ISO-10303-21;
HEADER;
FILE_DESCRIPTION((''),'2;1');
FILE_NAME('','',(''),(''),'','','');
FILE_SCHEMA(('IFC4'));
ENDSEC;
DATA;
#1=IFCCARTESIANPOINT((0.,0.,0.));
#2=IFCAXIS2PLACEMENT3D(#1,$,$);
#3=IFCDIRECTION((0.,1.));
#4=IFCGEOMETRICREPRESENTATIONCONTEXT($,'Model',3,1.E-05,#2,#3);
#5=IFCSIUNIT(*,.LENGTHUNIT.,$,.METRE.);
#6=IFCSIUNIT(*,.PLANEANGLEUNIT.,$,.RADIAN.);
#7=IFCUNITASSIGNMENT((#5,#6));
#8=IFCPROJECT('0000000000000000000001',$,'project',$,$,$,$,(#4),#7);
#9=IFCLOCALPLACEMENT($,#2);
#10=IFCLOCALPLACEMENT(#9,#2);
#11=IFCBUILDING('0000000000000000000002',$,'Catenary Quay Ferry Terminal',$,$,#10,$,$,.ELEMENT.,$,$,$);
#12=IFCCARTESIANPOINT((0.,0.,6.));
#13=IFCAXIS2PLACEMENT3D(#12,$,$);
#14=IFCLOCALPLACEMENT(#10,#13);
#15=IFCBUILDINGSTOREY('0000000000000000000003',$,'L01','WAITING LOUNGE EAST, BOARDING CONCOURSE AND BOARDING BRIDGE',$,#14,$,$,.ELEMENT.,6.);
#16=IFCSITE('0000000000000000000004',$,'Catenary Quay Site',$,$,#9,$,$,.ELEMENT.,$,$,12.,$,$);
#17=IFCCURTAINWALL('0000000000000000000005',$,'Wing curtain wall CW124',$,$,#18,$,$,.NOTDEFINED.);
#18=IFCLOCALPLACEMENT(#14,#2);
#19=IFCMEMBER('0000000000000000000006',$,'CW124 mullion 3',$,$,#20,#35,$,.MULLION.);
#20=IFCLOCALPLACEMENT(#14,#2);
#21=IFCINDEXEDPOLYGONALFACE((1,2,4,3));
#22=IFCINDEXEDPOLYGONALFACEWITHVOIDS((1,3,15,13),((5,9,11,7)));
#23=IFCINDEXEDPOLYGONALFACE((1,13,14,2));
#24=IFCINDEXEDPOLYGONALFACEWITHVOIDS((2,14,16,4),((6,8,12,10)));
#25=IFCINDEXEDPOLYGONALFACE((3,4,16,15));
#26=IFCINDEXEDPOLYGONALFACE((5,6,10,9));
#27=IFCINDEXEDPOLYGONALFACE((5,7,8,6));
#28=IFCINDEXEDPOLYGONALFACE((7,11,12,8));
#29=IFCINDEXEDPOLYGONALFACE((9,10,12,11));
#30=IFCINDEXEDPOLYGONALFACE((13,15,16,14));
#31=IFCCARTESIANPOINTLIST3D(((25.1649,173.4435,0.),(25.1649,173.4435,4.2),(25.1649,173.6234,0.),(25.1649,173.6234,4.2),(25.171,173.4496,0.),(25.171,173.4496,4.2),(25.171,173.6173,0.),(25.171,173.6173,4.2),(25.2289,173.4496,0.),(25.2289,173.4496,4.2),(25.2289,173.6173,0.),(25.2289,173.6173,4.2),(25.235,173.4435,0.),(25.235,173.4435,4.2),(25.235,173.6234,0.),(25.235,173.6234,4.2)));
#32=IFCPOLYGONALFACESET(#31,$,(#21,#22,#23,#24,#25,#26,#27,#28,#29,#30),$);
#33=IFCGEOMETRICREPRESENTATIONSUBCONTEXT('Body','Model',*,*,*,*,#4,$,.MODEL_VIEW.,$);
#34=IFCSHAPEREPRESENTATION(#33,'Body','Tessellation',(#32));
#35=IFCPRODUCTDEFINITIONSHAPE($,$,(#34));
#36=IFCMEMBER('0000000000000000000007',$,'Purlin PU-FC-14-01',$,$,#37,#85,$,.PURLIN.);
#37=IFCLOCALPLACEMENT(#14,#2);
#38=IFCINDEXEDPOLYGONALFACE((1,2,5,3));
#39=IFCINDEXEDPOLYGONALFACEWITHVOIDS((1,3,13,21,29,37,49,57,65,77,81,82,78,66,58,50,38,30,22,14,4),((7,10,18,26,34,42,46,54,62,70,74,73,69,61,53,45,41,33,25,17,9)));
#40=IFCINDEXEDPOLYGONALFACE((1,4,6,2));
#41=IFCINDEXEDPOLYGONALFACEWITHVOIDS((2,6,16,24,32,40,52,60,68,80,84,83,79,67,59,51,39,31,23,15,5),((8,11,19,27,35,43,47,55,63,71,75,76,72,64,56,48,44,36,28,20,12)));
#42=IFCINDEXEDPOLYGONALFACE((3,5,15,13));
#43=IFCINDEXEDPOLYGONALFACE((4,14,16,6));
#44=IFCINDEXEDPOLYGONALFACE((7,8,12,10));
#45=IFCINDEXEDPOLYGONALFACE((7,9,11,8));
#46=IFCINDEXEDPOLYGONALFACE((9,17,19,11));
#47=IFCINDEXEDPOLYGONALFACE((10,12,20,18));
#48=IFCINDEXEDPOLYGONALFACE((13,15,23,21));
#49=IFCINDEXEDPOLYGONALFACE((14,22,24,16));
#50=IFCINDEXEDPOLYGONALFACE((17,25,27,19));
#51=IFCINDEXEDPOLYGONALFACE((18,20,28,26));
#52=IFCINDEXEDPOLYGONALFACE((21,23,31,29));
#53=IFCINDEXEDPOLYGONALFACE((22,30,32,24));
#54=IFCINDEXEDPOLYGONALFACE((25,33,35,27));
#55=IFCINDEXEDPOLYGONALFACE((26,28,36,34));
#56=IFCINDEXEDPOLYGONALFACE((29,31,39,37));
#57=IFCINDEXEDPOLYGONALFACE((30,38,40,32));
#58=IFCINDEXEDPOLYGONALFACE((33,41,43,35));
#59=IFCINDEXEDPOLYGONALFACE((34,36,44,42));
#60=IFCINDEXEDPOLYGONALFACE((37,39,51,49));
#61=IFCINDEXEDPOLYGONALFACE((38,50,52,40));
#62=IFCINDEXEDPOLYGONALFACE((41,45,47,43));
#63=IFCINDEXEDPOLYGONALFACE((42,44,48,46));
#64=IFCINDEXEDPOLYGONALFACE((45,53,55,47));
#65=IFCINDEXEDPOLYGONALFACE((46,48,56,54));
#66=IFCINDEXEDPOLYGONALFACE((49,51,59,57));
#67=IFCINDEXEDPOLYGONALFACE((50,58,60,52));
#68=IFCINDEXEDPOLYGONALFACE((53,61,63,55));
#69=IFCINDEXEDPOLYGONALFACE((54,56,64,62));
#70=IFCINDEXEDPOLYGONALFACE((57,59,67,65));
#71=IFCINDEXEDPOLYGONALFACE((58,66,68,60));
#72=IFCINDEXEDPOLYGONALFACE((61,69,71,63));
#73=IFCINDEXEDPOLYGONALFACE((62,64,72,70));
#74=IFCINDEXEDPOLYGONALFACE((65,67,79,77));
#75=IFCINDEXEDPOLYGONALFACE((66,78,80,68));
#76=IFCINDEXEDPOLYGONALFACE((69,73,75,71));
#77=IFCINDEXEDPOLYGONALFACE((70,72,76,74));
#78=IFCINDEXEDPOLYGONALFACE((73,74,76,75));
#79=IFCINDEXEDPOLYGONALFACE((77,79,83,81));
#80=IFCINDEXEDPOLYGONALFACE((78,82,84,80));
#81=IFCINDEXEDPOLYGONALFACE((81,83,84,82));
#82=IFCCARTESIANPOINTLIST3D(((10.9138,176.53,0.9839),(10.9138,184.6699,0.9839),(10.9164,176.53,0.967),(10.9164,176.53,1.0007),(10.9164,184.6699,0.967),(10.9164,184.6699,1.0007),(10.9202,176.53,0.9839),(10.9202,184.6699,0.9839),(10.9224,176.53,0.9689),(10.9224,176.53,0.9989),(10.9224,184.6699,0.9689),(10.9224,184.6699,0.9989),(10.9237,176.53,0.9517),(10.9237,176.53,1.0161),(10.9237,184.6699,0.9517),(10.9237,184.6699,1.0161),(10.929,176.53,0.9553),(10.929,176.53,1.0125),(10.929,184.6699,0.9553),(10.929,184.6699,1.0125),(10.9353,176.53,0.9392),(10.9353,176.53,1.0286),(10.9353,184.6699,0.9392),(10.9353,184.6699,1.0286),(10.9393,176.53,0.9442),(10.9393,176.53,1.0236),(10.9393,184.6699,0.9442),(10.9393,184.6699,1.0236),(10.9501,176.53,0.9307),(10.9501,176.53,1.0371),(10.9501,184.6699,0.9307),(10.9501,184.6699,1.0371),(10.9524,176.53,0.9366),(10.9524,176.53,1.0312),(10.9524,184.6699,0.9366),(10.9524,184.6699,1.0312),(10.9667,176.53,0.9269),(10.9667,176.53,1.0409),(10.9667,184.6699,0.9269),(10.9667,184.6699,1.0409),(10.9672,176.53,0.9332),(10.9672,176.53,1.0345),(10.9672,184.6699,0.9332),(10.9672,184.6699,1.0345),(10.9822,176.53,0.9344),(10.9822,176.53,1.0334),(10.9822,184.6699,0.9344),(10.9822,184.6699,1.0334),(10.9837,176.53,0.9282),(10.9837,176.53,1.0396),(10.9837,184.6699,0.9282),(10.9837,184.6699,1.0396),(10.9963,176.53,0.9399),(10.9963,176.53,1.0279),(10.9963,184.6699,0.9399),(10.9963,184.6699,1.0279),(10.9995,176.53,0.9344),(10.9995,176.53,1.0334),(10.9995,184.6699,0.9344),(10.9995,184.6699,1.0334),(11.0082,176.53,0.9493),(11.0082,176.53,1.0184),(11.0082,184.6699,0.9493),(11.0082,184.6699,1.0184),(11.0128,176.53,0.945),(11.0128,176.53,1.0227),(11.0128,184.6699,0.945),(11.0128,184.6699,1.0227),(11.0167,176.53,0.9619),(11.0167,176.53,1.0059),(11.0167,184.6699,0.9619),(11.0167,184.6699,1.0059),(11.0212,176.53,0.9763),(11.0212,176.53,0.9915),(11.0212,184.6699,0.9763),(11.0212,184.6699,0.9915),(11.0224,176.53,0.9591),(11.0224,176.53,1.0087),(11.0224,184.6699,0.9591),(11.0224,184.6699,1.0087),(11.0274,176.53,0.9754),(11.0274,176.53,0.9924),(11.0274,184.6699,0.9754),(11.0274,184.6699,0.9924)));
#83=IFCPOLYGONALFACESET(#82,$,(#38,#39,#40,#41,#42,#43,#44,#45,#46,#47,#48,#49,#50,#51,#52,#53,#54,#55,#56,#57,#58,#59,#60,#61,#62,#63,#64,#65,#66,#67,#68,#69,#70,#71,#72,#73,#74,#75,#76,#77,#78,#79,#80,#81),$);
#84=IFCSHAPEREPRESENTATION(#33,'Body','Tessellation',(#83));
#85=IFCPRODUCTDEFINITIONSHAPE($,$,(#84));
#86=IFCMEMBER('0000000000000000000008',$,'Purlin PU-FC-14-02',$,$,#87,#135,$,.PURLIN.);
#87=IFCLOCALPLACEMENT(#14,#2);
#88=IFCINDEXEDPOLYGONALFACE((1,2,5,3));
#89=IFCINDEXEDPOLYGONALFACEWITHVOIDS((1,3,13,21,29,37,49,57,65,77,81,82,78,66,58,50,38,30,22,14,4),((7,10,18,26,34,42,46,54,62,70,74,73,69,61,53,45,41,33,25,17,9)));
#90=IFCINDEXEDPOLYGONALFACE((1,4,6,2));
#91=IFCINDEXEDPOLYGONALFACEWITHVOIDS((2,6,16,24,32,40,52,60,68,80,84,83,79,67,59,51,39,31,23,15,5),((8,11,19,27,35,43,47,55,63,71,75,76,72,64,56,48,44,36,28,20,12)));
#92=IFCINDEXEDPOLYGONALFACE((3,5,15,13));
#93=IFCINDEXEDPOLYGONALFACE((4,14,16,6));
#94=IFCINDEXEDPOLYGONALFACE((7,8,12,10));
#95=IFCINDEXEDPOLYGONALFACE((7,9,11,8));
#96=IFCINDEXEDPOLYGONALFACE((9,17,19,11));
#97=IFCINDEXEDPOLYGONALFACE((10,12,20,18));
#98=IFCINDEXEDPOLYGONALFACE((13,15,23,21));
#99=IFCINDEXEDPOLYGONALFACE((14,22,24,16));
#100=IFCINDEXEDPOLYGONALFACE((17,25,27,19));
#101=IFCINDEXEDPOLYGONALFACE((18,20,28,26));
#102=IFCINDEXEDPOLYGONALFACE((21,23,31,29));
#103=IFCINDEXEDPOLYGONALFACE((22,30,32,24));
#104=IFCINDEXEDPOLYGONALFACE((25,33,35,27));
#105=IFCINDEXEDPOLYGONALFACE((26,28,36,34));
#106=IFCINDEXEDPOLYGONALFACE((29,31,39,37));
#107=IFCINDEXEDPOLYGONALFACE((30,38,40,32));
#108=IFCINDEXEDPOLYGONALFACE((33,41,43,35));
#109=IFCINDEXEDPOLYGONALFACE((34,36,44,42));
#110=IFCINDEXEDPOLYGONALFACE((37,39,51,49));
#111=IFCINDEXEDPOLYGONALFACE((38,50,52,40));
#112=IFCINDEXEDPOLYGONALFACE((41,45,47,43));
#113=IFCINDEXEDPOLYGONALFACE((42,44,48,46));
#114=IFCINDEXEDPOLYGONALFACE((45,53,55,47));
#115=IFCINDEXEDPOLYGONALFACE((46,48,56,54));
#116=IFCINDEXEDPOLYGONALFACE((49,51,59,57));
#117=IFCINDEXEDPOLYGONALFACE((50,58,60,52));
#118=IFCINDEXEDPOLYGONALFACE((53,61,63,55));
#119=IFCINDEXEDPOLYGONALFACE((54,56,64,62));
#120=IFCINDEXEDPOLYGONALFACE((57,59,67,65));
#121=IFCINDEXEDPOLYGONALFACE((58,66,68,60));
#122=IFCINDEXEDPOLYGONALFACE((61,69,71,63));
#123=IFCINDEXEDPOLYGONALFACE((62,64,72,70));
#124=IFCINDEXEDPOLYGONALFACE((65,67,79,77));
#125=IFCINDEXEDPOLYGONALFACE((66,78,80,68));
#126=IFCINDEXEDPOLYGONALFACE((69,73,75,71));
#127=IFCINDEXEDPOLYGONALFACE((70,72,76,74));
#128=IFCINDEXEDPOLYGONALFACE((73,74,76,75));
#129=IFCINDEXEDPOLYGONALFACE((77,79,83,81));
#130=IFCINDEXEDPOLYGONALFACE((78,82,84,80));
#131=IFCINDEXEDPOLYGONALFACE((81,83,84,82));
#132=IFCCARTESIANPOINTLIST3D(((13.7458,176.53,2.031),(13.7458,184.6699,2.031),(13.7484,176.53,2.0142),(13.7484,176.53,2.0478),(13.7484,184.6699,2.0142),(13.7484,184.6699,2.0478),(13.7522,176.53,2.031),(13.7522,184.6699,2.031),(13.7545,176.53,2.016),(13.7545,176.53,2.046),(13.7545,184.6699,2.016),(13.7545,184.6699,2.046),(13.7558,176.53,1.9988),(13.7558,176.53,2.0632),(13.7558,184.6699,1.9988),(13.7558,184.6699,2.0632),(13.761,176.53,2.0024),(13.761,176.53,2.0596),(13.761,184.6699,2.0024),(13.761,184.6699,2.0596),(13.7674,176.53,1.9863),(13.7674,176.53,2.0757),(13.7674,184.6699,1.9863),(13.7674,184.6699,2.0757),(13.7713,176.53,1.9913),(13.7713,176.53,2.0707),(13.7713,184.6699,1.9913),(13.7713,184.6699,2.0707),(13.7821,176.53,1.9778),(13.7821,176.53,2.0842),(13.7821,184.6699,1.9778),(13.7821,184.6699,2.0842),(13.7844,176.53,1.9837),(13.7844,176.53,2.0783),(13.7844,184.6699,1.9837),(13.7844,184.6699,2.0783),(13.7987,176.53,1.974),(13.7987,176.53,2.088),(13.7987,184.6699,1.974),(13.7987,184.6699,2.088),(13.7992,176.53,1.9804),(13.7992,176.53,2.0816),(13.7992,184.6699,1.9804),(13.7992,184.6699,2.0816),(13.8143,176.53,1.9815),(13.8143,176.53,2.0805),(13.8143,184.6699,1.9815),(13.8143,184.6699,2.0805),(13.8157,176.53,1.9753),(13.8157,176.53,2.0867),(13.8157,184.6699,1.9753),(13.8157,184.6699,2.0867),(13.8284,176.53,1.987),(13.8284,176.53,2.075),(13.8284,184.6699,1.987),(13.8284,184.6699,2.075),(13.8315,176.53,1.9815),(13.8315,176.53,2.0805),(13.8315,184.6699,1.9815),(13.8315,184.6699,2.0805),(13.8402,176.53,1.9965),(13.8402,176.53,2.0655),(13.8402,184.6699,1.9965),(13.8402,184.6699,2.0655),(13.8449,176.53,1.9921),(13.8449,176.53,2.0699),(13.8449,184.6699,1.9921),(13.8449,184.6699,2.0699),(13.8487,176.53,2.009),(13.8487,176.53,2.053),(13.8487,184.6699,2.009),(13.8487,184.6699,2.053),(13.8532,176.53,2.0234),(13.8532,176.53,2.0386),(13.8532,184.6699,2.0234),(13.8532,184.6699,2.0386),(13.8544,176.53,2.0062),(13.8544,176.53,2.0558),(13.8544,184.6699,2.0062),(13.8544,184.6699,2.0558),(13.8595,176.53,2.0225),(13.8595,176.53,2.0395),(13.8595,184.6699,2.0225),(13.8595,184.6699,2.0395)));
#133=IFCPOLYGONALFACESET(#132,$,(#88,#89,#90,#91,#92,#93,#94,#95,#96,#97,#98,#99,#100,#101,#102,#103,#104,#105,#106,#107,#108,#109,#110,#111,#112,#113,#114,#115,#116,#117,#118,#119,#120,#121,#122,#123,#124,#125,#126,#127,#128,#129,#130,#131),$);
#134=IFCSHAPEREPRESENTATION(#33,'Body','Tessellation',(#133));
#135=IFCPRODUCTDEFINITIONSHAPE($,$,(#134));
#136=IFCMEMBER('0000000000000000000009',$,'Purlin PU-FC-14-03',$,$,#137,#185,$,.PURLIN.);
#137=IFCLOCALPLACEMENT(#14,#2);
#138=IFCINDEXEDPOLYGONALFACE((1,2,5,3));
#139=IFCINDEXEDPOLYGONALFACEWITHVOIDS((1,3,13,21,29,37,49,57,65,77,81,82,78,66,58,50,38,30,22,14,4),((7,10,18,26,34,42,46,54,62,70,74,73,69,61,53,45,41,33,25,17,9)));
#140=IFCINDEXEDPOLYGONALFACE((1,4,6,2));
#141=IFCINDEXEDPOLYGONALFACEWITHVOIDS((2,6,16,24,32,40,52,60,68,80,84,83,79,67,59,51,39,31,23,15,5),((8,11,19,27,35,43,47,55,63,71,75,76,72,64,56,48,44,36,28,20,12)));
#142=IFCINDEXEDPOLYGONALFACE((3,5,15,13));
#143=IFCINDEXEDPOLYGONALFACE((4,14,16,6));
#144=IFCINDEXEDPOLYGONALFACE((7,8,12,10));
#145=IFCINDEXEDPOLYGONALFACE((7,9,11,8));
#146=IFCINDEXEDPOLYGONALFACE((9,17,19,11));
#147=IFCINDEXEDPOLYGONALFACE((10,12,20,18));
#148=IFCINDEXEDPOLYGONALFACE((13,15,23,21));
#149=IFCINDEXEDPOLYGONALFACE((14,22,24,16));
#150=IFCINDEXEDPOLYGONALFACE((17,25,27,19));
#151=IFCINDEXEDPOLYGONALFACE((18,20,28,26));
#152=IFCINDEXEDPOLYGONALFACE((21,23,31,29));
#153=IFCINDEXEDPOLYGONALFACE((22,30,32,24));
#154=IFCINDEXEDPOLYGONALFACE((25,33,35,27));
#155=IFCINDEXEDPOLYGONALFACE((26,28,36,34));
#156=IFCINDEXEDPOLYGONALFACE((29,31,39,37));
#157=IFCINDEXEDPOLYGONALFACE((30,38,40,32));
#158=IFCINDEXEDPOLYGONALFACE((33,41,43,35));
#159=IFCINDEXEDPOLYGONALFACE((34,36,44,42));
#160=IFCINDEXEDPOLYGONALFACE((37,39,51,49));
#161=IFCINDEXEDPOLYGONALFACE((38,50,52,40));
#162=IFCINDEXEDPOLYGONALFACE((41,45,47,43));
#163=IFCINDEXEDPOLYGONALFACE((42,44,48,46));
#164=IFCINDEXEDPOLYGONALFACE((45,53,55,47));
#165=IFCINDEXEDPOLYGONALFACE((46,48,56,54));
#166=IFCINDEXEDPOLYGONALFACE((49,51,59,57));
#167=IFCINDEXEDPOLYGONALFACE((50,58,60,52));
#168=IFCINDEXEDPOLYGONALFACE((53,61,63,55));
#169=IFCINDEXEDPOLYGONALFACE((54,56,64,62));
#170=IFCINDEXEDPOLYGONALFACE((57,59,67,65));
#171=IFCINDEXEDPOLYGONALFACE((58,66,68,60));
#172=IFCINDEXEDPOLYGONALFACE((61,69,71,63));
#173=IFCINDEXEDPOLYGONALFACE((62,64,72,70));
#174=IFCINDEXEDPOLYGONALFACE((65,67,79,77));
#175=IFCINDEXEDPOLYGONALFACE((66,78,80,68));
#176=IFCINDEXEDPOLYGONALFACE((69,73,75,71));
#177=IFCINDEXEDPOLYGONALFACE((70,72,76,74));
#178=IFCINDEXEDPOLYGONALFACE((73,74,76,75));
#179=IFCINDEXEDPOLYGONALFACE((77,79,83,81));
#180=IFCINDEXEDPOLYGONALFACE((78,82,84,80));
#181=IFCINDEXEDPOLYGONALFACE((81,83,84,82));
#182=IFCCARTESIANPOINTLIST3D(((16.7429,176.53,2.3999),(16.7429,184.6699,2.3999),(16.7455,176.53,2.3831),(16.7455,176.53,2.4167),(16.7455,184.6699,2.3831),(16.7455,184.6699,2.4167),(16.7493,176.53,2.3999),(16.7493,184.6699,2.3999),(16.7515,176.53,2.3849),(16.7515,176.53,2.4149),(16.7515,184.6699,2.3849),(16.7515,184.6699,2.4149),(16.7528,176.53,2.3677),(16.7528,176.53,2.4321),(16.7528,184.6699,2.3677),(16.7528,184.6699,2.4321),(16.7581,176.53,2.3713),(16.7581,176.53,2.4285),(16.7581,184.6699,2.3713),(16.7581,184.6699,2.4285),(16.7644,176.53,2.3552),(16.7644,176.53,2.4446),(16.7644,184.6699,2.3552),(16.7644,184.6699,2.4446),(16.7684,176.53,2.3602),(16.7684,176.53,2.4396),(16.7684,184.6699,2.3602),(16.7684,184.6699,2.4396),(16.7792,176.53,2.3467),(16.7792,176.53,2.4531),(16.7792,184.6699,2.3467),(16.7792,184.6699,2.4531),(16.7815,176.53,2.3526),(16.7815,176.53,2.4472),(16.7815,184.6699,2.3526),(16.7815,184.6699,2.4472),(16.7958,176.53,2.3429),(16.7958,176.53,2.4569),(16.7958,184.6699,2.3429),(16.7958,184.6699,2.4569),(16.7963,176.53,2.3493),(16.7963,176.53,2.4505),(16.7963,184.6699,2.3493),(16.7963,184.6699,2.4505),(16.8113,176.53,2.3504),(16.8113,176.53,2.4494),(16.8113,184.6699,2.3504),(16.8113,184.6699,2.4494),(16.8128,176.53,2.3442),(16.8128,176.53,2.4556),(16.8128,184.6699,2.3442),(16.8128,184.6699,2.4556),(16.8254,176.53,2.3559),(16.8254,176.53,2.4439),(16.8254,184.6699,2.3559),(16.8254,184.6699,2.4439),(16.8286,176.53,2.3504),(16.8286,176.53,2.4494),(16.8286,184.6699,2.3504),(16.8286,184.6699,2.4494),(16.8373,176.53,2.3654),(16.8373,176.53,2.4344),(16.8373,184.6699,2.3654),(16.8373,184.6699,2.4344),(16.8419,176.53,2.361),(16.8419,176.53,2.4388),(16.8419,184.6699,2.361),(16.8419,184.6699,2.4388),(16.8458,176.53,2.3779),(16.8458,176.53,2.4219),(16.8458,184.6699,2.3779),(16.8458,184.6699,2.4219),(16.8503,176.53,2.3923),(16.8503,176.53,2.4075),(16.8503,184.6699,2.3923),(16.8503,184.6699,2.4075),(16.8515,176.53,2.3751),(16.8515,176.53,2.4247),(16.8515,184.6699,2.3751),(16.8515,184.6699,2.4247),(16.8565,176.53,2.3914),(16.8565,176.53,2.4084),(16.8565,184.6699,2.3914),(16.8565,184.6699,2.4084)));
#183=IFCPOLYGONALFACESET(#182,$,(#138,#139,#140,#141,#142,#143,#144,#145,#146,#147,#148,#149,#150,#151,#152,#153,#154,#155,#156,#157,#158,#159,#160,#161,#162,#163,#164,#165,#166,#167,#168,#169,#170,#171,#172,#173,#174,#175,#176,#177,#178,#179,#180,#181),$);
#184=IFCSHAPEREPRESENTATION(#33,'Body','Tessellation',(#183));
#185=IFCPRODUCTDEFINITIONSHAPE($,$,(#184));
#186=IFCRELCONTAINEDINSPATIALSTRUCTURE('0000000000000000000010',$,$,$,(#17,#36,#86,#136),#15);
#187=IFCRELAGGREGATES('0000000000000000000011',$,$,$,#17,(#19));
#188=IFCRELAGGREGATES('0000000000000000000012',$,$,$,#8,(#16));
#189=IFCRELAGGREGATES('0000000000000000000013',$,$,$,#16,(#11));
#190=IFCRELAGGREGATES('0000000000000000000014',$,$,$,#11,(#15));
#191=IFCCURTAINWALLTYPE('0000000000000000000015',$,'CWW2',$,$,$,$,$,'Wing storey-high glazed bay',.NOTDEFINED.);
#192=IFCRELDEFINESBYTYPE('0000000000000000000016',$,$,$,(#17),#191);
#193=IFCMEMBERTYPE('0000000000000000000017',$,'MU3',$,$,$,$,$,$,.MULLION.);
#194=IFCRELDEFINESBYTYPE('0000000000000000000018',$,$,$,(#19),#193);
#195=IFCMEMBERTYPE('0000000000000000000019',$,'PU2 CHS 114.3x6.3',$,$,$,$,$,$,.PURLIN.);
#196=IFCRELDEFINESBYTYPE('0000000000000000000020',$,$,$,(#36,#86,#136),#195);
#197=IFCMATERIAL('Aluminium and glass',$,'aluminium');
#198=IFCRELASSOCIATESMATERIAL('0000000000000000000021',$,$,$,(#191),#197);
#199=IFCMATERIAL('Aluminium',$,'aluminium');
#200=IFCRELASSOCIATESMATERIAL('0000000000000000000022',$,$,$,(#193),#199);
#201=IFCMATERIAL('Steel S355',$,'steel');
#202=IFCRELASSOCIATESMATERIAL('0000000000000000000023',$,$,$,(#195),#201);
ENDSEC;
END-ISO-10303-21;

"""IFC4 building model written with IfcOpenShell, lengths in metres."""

from ifc_helpers import new_model, si_unit, direction, frame, origin, origin_2d, place, context, subcontext, project, spatial, hollow_rectangle, hollow_circle, extrude, material, material_profile, profile_set, type_object, element, aggregate, save


model = new_model("IFC4")

# Units and contexts
model_context = context("Model", 3, precision=1e-05, world=origin(), true_north=direction((0.0, 1.0)))
body_context = subcontext(model_context, "Body", "Model", "MODEL_VIEW")
ifc_project = project(units=[si_unit("LENGTHUNIT", "METRE"), si_unit("PLANEANGLEUNIT", "RADIAN")], contexts=[model_context])

# Site, building, storey
site_placement = place(None, origin())
site = spatial("IfcSite", under=ifc_project, at=site_placement, Name="Catenary Quay Site", CompositionType="ELEMENT", RefElevation=12.0)
building_placement = place(site_placement, origin())
building = spatial("IfcBuilding", under=site, at=building_placement, Name="Catenary Quay Ferry Terminal", CompositionType="ELEMENT")
storey_placement = place(building_placement, frame((0.0, 0.0, 6.0)))
storey = spatial("IfcBuildingStorey", under=building, at=storey_placement, Name="L01", Description="WAITING LOUNGE EAST, BOARDING CONCOURSE AND BOARDING BRIDGE", CompositionType="ELEMENT", Elevation=6.0)

# Curtain wall, member
ifc_material_1 = material(Name="Aluminium and glass", Category="aluminium")
curtain_wall_type = type_object("IfcCurtainWallType", Name="CWW2", ElementType="Wing storey-high glazed bay", PredefinedType="NOTDEFINED", material=ifc_material_1)
curtain_wall_placement = place(storey_placement, origin())
curtain_wall = element("IfcCurtainWall", 1, at=curtain_wall_placement, inside=storey, type_object=curtain_wall_type, Name="Wing curtain wall CW124", PredefinedType="NOTDEFINED")
ifc_material_2 = material(Name="Aluminium", Category="aluminium")
ifc_material_profile_1 = material_profile(ifc_material_2, hollow_rectangle(XDim=0.0701, YDim=0.1799, WallThickness=0.0061, at=origin_2d()), Name="MU3")
ifc_profile_set_1 = profile_set([ifc_material_profile_1], Name="Aluminium")
member_type_1 = type_object("IfcMemberType", Name="MU3", PredefinedType="MULLION", material=ifc_profile_set_1)
member_1_placement = place(storey_placement, frame((25.2, 173.5334, 0.0), z_axis=(0.0, 0.0, 1.0), x_axis=(-1.0, 0.0, 0.0)))
member_1 = element("IfcMember", 2, at=member_1_placement, type_object=member_type_1, Name="CW124 mullion 3", PredefinedType="MULLION", context=body_context, shape_type="SweptSolid", body=[
    extrude(hollow_rectangle(XDim=0.0701, YDim=0.1799, WallThickness=0.0061, at=origin_2d()), origin(), (0.0, 0.0, 1.0), 4.2),
])

# Members
ifc_material_3 = material(Name="Steel S355", Category="steel")
ifc_material_profile_2 = material_profile(ifc_material_3, hollow_circle(Radius=0.0571, WallThickness=0.0063, at=origin_2d()), Name="CHS 114.3x6.3")
ifc_profile_set_2 = profile_set([ifc_material_profile_2], Name="Steel S355")
member_type_2 = type_object("IfcMemberType", Name="PU2 CHS 114.3x6.3", PredefinedType="PURLIN", material=ifc_profile_set_2)
for number, where, z_axis, x_axis, name in (
    (3, (10.9709, 176.53, 0.9839), (0.0, 1.0, 0.0), (-1.0, 0.0, 0.0), "Purlin PU-FC-14-01"),
    (4, (13.803, 176.53, 2.031), (0.0, 1.0, 0.0), (-1.0, 0.0, 0.0), "Purlin PU-FC-14-02"),
    (5, (16.8, 176.53, 2.3999), (0.0, 1.0, 0.0), (-1.0, 0.0, 0.0), "Purlin PU-FC-14-03"),
):
    element("IfcMember", number, at=place(storey_placement, frame(where, z_axis=z_axis, x_axis=x_axis)), inside=storey, type_object=member_type_2, Name=name, PredefinedType="PURLIN", context=body_context, shape_type="SweptSolid", body=[
        extrude(hollow_circle(Radius=0.0571, WallThickness=0.0063, at=origin_2d()), origin(), (0.0, 0.0, 1.0), 8.1399),
    ])

aggregate(curtain_wall, [member_1])

save(model, "model.ifc")
